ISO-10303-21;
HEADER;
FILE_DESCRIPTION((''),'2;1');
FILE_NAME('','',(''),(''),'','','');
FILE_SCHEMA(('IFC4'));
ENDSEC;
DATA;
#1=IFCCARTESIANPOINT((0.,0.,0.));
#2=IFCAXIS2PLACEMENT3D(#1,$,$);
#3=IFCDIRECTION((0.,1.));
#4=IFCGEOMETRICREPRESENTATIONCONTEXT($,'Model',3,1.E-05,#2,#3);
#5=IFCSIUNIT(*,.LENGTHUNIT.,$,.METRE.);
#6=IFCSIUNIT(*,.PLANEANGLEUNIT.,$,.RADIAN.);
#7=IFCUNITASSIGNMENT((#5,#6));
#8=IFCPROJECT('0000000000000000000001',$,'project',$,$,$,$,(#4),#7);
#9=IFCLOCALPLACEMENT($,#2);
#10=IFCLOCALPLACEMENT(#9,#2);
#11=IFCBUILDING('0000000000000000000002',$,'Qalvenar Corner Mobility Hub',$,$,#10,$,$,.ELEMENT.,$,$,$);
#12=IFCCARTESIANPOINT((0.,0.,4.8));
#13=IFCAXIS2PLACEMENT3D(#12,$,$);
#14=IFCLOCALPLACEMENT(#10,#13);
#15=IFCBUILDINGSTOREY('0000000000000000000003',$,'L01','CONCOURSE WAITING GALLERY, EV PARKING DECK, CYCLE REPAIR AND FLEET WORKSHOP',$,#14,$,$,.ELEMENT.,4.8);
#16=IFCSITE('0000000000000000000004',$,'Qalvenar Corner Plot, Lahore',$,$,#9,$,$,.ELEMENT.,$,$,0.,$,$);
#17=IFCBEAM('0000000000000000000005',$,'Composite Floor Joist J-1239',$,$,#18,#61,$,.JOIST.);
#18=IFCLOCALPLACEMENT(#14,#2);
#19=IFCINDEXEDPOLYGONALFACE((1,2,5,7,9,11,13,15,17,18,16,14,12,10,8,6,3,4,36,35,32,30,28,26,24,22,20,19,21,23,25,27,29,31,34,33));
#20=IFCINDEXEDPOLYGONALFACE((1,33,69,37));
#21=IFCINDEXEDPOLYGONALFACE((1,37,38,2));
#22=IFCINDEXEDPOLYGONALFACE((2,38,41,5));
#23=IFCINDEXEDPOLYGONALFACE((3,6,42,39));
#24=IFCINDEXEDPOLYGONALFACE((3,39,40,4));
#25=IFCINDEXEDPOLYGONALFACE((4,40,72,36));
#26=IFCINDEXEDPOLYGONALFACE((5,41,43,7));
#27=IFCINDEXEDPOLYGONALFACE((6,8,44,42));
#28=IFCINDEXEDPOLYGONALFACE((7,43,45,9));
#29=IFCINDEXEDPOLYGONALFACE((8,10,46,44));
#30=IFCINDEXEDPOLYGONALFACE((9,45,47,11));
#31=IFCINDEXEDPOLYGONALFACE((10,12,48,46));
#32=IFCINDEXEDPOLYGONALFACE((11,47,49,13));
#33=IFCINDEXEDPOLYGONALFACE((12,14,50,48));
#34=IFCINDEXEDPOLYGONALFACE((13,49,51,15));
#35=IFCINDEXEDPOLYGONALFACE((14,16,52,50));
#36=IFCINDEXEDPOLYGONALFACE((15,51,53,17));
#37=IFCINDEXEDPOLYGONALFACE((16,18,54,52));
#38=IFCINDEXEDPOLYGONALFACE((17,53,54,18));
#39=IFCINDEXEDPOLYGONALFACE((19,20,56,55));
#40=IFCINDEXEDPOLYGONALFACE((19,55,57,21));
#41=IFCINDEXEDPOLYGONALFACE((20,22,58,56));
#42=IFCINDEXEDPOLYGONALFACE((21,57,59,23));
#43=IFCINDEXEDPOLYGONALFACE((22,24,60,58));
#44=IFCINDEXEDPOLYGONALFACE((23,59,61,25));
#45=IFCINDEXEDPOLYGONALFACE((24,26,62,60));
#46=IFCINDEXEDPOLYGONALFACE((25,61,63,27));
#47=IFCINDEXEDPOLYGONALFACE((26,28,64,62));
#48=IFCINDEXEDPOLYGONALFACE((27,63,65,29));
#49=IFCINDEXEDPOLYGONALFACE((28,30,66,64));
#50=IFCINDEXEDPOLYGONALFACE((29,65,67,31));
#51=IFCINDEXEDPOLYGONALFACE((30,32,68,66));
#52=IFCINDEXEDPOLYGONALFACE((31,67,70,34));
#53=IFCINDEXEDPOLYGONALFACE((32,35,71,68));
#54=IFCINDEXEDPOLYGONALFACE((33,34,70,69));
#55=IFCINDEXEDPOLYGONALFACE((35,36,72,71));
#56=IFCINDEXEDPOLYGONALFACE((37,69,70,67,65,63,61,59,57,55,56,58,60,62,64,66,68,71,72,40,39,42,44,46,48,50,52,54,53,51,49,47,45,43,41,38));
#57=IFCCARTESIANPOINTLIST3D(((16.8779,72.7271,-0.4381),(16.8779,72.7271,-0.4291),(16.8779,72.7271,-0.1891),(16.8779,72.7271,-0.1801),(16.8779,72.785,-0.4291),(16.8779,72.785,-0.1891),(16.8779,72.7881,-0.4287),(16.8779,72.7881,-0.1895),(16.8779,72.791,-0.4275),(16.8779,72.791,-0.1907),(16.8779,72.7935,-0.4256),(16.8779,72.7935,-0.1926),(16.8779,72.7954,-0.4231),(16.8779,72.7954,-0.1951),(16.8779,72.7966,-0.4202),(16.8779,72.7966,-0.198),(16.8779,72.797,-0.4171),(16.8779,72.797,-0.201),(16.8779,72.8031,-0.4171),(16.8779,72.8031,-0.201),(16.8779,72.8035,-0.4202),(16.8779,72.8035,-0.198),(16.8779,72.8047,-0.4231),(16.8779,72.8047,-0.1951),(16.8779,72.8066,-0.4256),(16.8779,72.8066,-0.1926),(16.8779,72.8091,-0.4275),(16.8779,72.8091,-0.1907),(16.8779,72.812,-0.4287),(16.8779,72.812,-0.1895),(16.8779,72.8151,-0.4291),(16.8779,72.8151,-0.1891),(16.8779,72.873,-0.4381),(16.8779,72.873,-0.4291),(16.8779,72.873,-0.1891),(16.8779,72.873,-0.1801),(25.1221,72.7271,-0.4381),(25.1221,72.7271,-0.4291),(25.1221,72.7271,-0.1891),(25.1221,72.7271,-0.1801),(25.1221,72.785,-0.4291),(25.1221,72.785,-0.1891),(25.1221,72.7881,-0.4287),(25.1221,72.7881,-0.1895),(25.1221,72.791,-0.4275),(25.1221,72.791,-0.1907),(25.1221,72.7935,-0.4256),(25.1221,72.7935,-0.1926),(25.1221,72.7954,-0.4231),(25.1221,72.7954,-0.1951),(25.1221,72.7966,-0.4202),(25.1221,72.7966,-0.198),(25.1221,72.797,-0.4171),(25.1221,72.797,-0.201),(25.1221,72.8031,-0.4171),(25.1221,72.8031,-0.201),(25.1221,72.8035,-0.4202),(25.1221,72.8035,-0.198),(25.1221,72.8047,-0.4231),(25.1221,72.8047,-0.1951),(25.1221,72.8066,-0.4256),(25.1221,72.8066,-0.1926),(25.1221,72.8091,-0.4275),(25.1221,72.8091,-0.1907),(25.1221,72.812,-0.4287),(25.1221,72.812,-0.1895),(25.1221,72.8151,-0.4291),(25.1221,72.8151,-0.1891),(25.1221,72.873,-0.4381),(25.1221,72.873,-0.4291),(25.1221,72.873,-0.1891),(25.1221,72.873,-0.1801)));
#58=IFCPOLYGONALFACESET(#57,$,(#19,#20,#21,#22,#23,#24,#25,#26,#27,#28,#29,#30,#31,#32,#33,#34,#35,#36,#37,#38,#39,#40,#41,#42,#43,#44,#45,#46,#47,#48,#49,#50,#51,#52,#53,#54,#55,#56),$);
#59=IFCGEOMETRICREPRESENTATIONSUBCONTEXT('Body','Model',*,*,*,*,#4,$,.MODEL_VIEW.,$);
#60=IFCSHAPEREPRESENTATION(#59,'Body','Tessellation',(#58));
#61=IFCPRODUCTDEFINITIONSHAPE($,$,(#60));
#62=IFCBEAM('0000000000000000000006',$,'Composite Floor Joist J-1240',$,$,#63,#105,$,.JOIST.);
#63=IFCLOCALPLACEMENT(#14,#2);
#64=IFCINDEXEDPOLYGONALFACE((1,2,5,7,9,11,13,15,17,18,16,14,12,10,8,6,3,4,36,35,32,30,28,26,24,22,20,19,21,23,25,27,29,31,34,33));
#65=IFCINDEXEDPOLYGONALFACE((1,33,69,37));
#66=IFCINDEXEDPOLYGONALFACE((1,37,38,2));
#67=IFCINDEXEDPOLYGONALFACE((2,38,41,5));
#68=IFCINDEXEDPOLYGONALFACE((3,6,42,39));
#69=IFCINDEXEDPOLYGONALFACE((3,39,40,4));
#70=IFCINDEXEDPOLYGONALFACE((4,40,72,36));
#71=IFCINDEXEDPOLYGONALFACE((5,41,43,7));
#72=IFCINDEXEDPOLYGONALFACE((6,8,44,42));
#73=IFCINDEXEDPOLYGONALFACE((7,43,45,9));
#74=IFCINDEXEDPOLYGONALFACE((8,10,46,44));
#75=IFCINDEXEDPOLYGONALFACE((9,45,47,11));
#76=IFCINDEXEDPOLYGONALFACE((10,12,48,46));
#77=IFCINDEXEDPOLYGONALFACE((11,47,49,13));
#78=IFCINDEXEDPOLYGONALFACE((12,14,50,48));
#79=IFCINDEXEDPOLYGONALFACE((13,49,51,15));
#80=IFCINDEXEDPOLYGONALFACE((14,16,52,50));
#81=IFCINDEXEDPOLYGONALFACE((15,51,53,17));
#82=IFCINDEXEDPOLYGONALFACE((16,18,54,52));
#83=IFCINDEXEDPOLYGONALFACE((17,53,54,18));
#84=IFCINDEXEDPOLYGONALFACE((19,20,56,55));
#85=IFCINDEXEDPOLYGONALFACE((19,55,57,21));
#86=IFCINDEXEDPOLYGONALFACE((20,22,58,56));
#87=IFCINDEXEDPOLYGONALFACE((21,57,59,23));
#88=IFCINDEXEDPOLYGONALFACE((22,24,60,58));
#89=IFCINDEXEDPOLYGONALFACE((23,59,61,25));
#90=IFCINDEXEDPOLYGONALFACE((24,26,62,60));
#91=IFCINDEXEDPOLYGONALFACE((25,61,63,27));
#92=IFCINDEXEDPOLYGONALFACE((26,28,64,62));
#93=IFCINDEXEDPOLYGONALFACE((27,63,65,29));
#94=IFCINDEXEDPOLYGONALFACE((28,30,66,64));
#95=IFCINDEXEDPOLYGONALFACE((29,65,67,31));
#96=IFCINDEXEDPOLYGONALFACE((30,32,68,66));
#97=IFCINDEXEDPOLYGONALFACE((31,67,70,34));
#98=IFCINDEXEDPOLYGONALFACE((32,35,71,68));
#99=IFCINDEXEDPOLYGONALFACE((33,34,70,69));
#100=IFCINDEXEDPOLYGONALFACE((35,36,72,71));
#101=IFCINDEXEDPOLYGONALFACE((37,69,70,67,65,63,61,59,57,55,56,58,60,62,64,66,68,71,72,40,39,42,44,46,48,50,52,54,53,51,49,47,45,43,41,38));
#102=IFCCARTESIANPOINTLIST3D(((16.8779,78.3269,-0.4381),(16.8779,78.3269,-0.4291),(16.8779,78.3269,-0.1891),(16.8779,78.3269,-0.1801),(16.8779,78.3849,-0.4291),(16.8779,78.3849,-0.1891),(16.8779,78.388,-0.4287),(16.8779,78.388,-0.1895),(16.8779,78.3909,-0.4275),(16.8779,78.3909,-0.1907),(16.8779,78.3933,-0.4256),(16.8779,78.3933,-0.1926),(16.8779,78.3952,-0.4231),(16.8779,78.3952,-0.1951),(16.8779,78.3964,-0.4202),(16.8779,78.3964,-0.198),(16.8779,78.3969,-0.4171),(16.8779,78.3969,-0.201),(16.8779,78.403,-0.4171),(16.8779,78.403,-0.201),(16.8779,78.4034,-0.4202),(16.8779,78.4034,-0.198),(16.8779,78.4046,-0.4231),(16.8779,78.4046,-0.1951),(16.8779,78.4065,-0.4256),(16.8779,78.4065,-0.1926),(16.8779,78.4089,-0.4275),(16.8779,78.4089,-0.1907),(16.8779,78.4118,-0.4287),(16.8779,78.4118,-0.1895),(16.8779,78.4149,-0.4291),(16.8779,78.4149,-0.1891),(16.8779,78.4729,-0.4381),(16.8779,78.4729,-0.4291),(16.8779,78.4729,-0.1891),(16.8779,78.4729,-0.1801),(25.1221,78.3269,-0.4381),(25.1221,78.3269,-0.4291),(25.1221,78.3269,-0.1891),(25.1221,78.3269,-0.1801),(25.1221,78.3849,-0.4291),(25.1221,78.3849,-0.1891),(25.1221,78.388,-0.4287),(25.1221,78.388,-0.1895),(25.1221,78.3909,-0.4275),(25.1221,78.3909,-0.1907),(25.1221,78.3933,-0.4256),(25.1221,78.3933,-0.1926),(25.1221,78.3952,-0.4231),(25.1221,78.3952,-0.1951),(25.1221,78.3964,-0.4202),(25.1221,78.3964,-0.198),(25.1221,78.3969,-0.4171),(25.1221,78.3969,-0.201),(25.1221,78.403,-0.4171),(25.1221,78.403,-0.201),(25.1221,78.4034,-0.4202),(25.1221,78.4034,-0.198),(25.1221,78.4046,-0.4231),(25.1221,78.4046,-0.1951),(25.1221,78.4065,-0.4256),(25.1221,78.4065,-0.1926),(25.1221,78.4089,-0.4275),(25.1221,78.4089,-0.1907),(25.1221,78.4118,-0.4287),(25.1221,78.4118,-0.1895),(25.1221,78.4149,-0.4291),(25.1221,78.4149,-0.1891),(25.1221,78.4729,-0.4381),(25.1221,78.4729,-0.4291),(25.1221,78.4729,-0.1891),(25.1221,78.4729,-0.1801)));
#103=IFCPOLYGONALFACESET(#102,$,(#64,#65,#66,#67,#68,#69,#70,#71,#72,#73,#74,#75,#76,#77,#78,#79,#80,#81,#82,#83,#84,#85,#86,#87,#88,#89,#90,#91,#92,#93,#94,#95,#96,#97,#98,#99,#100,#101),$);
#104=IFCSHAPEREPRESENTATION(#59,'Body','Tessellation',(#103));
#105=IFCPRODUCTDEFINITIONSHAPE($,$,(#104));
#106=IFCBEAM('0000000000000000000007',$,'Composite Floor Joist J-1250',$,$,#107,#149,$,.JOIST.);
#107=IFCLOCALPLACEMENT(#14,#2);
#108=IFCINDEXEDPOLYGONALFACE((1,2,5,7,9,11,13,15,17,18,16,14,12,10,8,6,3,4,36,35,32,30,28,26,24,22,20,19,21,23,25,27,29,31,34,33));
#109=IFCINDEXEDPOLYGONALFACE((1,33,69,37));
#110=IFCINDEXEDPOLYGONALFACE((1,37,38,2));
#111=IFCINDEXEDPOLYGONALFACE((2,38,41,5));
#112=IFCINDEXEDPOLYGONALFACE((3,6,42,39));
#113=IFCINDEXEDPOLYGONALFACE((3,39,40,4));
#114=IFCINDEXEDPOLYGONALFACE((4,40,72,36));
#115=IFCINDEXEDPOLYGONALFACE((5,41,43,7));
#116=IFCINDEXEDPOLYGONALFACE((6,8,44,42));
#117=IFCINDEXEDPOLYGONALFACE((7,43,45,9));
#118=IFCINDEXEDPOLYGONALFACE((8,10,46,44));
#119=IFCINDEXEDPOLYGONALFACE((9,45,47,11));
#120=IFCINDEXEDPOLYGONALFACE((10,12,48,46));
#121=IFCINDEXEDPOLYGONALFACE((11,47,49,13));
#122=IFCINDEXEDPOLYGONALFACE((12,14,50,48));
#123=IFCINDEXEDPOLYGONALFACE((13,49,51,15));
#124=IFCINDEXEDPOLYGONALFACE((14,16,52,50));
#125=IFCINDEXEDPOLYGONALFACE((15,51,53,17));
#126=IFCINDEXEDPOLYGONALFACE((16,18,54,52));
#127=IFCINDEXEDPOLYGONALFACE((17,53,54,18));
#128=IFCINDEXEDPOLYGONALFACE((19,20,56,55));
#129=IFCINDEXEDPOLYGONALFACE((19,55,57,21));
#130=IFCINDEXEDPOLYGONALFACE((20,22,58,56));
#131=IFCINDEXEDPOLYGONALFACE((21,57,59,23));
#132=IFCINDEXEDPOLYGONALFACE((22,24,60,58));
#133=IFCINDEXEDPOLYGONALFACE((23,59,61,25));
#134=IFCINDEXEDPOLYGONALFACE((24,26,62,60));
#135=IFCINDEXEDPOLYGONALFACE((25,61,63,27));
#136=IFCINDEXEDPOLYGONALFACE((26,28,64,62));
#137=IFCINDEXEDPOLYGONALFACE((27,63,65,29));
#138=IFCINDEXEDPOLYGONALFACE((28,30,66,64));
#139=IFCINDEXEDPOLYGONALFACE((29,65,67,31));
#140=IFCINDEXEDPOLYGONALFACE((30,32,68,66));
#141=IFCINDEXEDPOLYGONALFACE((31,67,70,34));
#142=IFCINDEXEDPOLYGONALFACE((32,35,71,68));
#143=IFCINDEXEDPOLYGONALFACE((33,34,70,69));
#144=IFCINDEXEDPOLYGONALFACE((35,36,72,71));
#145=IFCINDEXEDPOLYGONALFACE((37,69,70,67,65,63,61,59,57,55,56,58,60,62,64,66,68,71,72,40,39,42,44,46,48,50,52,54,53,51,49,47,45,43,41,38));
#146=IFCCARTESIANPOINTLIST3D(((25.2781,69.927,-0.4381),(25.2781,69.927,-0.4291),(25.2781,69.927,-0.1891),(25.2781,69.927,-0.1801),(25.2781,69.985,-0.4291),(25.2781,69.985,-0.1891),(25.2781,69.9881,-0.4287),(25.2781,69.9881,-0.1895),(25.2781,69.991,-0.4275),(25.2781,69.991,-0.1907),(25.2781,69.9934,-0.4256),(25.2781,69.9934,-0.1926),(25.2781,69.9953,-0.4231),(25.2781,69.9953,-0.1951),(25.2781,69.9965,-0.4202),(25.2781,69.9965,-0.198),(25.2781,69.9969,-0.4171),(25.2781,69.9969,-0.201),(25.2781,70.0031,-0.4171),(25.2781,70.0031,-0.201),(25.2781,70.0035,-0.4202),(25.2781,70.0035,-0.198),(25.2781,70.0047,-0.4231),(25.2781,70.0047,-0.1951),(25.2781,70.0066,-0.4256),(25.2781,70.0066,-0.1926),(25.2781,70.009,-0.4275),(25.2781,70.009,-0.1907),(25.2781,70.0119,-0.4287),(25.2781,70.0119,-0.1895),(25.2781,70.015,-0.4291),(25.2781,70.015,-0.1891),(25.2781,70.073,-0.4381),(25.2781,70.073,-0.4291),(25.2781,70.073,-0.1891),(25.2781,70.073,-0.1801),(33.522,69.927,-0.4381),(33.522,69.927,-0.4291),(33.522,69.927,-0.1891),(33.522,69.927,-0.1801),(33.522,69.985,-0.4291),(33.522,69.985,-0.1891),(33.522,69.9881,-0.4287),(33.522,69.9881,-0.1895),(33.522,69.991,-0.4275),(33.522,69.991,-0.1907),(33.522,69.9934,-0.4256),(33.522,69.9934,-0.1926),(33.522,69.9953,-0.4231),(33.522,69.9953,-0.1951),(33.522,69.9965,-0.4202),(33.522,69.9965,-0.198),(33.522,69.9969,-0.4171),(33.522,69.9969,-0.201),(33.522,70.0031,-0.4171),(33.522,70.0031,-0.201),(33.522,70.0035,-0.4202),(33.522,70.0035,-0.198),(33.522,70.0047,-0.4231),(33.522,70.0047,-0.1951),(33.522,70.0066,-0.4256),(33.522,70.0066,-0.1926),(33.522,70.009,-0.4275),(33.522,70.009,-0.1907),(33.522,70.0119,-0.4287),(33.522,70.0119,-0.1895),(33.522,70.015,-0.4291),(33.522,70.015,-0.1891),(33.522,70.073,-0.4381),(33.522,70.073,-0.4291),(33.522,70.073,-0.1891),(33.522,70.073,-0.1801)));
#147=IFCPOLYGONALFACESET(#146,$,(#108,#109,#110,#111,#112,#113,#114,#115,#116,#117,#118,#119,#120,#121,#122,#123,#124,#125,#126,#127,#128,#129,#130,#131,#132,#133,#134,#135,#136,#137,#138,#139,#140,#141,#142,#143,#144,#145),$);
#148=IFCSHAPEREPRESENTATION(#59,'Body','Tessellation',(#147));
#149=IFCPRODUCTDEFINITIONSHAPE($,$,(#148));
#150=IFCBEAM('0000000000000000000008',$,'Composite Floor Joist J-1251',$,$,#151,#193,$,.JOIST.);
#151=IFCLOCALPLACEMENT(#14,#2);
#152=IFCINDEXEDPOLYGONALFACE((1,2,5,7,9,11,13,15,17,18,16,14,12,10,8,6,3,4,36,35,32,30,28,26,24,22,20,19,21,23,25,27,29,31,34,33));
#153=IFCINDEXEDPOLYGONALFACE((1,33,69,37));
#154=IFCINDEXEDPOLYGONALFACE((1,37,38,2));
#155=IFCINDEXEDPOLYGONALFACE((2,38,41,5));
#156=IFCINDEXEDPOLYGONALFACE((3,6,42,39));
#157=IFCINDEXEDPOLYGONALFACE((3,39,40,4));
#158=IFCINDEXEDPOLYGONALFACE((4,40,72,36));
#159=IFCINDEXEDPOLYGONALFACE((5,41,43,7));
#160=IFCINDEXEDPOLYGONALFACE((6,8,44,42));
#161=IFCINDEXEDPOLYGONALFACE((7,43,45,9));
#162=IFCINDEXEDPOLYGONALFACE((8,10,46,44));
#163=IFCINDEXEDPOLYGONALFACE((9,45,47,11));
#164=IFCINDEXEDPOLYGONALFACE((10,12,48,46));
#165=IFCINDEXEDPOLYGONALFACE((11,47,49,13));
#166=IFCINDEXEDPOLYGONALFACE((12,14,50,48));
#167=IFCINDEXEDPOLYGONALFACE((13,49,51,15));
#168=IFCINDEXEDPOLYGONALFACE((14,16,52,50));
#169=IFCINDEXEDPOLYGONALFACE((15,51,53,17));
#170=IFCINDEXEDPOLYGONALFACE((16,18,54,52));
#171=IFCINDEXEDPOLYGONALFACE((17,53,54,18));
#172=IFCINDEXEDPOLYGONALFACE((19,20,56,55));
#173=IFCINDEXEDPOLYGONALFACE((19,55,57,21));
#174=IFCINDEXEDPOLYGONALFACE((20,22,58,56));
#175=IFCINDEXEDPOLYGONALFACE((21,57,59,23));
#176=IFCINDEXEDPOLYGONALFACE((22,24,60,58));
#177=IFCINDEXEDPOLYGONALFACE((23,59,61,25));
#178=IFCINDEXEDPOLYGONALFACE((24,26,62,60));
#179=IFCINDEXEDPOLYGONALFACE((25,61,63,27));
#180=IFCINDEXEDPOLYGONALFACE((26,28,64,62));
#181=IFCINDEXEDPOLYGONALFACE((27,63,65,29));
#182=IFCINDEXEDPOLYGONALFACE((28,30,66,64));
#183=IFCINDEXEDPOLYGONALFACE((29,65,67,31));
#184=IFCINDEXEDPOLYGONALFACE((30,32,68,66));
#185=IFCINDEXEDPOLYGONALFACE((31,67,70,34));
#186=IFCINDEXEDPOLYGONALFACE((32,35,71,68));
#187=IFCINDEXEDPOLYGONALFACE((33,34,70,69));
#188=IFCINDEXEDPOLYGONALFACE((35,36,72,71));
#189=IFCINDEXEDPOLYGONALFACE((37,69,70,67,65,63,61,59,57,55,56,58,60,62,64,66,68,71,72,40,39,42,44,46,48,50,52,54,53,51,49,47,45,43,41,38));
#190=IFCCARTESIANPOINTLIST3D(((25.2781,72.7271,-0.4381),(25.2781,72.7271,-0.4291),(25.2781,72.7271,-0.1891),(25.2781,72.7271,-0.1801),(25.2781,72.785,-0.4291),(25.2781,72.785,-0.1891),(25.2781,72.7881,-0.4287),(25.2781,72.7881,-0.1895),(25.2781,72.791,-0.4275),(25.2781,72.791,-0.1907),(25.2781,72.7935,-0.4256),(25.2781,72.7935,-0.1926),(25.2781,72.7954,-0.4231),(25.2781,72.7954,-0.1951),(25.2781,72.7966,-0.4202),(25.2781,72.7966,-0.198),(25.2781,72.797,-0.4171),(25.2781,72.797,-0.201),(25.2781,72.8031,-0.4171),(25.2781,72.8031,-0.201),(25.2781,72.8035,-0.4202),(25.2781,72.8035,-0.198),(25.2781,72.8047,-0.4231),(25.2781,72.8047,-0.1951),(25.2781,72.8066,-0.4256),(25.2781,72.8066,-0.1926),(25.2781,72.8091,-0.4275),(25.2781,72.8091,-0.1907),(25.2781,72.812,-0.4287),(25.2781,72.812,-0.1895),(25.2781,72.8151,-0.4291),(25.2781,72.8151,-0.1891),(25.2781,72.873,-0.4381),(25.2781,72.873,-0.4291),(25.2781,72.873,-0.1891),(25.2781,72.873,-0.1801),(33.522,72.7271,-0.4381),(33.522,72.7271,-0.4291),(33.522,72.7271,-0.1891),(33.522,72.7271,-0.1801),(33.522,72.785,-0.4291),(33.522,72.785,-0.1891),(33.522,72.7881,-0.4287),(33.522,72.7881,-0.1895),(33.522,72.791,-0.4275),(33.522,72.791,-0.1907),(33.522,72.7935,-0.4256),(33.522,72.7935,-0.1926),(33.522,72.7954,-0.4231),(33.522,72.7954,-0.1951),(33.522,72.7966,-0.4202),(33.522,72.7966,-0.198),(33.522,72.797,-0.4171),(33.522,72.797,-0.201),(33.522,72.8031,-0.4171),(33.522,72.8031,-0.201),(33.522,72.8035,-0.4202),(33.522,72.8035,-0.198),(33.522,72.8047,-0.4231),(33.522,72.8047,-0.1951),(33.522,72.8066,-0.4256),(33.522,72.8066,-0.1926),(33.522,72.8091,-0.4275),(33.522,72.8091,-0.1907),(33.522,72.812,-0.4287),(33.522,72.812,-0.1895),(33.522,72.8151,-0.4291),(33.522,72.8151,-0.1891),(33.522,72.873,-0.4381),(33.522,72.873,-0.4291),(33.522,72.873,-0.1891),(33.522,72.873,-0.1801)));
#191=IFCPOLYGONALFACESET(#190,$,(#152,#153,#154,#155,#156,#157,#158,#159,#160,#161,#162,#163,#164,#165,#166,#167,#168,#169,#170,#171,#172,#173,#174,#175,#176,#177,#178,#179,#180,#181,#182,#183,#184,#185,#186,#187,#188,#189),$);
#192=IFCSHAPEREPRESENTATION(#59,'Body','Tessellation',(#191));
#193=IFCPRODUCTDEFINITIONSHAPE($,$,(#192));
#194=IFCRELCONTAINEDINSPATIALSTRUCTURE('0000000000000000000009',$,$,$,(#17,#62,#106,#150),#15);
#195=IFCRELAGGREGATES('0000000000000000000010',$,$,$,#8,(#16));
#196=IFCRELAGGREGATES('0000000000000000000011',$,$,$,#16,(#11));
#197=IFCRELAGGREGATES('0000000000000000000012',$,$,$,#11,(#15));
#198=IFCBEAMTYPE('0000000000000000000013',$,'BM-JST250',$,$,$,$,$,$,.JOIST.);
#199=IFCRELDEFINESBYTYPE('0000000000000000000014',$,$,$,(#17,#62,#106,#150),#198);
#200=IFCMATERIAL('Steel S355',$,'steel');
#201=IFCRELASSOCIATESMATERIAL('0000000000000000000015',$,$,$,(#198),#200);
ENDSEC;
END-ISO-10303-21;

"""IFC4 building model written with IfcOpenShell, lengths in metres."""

from ifc_helpers import new_model, si_unit, direction, frame, origin, origin_2d, place, context, subcontext, project, spatial, i_section, extrude, material, material_profile, profile_set, type_object, element, save


model = new_model("IFC4")

# Units and contexts
model_context = context("Model", 3, precision=1e-05, world=origin(), true_north=direction((0.0, 1.0)))
body_context = subcontext(model_context, "Body", "Model", "MODEL_VIEW")
ifc_project = project(units=[si_unit("LENGTHUNIT", "METRE"), si_unit("PLANEANGLEUNIT", "RADIAN")], contexts=[model_context])

# Site, building, storey
site_placement = place(None, origin())
site = spatial("IfcSite", under=ifc_project, at=site_placement, Name="Qalvenar Corner Plot, Lahore", CompositionType="ELEMENT", RefElevation=0.0)
building_placement = place(site_placement, origin())
building = spatial("IfcBuilding", under=site, at=building_placement, Name="Qalvenar Corner Mobility Hub", CompositionType="ELEMENT")
storey_placement = place(building_placement, frame((0.0, 0.0, 4.8)))
storey = spatial("IfcBuildingStorey", under=building, at=storey_placement, Name="L01", Description="CONCOURSE WAITING GALLERY, EV PARKING DECK, CYCLE REPAIR AND FLEET WORKSHOP", CompositionType="ELEMENT", Elevation=4.8)

# Shared definitions
ifc_material_1 = material(Name="Steel S355", Category="steel")

# Beams
ifc_material_profile_1 = material_profile(ifc_material_1, i_section(OverallWidth=0.146, OverallDepth=0.2581, WebThickness=0.0061, FlangeThickness=0.009, FilletRadius=0.012, at=origin_2d()), Name="W250x32.7")
ifc_profile_set_1 = profile_set([ifc_material_profile_1], Name="Steel S355")
beam_type_1 = type_object("IfcBeamType", Name="BM-JST250", PredefinedType="JOIST", material=ifc_profile_set_1)
for number, where, z_axis, x_axis, name in (
    (1, (16.8779, 72.8, -0.3091), (1.0, 0.0, 0.0), (0.0, 1.0, 0.0), "Composite Floor Joist J-1239"),
    (2, (16.8779, 78.3999, -0.3091), (1.0, 0.0, 0.0), (0.0, 1.0, 0.0), "Composite Floor Joist J-1240"),
):
    element("IfcBeam", number, at=place(storey_placement, frame(where, z_axis=z_axis, x_axis=x_axis)), inside=storey, type_object=beam_type_1, Name=name, PredefinedType="JOIST", context=body_context, shape_type="SweptSolid", body=[
        extrude(i_section(OverallWidth=0.146, OverallDepth=0.2581, WebThickness=0.0061, FlangeThickness=0.009, FilletRadius=0.012, at=origin_2d()), origin(), (0.0, 0.0, 1.0), 8.2441),
    ])
for number, where, z_axis, x_axis, name in (
    (3, (25.2781, 70.0, -0.3091), (1.0, 0.0, 0.0), (0.0, 1.0, 0.0), "Composite Floor Joist J-1250"),
    (4, (25.2781, 72.8, -0.3091), (1.0, 0.0, 0.0), (0.0, 1.0, 0.0), "Composite Floor Joist J-1251"),
):
    element("IfcBeam", number, at=place(storey_placement, frame(where, z_axis=z_axis, x_axis=x_axis)), inside=storey, type_object=beam_type_1, Name=name, PredefinedType="JOIST", context=body_context, shape_type="SweptSolid", body=[
        extrude(i_section(OverallWidth=0.146, OverallDepth=0.2581, WebThickness=0.0061, FlangeThickness=0.009, FilletRadius=0.012, at=origin_2d()), origin(), (0.0, 0.0, 1.0), 8.2439),
    ])

save(model, "model.ifc")
